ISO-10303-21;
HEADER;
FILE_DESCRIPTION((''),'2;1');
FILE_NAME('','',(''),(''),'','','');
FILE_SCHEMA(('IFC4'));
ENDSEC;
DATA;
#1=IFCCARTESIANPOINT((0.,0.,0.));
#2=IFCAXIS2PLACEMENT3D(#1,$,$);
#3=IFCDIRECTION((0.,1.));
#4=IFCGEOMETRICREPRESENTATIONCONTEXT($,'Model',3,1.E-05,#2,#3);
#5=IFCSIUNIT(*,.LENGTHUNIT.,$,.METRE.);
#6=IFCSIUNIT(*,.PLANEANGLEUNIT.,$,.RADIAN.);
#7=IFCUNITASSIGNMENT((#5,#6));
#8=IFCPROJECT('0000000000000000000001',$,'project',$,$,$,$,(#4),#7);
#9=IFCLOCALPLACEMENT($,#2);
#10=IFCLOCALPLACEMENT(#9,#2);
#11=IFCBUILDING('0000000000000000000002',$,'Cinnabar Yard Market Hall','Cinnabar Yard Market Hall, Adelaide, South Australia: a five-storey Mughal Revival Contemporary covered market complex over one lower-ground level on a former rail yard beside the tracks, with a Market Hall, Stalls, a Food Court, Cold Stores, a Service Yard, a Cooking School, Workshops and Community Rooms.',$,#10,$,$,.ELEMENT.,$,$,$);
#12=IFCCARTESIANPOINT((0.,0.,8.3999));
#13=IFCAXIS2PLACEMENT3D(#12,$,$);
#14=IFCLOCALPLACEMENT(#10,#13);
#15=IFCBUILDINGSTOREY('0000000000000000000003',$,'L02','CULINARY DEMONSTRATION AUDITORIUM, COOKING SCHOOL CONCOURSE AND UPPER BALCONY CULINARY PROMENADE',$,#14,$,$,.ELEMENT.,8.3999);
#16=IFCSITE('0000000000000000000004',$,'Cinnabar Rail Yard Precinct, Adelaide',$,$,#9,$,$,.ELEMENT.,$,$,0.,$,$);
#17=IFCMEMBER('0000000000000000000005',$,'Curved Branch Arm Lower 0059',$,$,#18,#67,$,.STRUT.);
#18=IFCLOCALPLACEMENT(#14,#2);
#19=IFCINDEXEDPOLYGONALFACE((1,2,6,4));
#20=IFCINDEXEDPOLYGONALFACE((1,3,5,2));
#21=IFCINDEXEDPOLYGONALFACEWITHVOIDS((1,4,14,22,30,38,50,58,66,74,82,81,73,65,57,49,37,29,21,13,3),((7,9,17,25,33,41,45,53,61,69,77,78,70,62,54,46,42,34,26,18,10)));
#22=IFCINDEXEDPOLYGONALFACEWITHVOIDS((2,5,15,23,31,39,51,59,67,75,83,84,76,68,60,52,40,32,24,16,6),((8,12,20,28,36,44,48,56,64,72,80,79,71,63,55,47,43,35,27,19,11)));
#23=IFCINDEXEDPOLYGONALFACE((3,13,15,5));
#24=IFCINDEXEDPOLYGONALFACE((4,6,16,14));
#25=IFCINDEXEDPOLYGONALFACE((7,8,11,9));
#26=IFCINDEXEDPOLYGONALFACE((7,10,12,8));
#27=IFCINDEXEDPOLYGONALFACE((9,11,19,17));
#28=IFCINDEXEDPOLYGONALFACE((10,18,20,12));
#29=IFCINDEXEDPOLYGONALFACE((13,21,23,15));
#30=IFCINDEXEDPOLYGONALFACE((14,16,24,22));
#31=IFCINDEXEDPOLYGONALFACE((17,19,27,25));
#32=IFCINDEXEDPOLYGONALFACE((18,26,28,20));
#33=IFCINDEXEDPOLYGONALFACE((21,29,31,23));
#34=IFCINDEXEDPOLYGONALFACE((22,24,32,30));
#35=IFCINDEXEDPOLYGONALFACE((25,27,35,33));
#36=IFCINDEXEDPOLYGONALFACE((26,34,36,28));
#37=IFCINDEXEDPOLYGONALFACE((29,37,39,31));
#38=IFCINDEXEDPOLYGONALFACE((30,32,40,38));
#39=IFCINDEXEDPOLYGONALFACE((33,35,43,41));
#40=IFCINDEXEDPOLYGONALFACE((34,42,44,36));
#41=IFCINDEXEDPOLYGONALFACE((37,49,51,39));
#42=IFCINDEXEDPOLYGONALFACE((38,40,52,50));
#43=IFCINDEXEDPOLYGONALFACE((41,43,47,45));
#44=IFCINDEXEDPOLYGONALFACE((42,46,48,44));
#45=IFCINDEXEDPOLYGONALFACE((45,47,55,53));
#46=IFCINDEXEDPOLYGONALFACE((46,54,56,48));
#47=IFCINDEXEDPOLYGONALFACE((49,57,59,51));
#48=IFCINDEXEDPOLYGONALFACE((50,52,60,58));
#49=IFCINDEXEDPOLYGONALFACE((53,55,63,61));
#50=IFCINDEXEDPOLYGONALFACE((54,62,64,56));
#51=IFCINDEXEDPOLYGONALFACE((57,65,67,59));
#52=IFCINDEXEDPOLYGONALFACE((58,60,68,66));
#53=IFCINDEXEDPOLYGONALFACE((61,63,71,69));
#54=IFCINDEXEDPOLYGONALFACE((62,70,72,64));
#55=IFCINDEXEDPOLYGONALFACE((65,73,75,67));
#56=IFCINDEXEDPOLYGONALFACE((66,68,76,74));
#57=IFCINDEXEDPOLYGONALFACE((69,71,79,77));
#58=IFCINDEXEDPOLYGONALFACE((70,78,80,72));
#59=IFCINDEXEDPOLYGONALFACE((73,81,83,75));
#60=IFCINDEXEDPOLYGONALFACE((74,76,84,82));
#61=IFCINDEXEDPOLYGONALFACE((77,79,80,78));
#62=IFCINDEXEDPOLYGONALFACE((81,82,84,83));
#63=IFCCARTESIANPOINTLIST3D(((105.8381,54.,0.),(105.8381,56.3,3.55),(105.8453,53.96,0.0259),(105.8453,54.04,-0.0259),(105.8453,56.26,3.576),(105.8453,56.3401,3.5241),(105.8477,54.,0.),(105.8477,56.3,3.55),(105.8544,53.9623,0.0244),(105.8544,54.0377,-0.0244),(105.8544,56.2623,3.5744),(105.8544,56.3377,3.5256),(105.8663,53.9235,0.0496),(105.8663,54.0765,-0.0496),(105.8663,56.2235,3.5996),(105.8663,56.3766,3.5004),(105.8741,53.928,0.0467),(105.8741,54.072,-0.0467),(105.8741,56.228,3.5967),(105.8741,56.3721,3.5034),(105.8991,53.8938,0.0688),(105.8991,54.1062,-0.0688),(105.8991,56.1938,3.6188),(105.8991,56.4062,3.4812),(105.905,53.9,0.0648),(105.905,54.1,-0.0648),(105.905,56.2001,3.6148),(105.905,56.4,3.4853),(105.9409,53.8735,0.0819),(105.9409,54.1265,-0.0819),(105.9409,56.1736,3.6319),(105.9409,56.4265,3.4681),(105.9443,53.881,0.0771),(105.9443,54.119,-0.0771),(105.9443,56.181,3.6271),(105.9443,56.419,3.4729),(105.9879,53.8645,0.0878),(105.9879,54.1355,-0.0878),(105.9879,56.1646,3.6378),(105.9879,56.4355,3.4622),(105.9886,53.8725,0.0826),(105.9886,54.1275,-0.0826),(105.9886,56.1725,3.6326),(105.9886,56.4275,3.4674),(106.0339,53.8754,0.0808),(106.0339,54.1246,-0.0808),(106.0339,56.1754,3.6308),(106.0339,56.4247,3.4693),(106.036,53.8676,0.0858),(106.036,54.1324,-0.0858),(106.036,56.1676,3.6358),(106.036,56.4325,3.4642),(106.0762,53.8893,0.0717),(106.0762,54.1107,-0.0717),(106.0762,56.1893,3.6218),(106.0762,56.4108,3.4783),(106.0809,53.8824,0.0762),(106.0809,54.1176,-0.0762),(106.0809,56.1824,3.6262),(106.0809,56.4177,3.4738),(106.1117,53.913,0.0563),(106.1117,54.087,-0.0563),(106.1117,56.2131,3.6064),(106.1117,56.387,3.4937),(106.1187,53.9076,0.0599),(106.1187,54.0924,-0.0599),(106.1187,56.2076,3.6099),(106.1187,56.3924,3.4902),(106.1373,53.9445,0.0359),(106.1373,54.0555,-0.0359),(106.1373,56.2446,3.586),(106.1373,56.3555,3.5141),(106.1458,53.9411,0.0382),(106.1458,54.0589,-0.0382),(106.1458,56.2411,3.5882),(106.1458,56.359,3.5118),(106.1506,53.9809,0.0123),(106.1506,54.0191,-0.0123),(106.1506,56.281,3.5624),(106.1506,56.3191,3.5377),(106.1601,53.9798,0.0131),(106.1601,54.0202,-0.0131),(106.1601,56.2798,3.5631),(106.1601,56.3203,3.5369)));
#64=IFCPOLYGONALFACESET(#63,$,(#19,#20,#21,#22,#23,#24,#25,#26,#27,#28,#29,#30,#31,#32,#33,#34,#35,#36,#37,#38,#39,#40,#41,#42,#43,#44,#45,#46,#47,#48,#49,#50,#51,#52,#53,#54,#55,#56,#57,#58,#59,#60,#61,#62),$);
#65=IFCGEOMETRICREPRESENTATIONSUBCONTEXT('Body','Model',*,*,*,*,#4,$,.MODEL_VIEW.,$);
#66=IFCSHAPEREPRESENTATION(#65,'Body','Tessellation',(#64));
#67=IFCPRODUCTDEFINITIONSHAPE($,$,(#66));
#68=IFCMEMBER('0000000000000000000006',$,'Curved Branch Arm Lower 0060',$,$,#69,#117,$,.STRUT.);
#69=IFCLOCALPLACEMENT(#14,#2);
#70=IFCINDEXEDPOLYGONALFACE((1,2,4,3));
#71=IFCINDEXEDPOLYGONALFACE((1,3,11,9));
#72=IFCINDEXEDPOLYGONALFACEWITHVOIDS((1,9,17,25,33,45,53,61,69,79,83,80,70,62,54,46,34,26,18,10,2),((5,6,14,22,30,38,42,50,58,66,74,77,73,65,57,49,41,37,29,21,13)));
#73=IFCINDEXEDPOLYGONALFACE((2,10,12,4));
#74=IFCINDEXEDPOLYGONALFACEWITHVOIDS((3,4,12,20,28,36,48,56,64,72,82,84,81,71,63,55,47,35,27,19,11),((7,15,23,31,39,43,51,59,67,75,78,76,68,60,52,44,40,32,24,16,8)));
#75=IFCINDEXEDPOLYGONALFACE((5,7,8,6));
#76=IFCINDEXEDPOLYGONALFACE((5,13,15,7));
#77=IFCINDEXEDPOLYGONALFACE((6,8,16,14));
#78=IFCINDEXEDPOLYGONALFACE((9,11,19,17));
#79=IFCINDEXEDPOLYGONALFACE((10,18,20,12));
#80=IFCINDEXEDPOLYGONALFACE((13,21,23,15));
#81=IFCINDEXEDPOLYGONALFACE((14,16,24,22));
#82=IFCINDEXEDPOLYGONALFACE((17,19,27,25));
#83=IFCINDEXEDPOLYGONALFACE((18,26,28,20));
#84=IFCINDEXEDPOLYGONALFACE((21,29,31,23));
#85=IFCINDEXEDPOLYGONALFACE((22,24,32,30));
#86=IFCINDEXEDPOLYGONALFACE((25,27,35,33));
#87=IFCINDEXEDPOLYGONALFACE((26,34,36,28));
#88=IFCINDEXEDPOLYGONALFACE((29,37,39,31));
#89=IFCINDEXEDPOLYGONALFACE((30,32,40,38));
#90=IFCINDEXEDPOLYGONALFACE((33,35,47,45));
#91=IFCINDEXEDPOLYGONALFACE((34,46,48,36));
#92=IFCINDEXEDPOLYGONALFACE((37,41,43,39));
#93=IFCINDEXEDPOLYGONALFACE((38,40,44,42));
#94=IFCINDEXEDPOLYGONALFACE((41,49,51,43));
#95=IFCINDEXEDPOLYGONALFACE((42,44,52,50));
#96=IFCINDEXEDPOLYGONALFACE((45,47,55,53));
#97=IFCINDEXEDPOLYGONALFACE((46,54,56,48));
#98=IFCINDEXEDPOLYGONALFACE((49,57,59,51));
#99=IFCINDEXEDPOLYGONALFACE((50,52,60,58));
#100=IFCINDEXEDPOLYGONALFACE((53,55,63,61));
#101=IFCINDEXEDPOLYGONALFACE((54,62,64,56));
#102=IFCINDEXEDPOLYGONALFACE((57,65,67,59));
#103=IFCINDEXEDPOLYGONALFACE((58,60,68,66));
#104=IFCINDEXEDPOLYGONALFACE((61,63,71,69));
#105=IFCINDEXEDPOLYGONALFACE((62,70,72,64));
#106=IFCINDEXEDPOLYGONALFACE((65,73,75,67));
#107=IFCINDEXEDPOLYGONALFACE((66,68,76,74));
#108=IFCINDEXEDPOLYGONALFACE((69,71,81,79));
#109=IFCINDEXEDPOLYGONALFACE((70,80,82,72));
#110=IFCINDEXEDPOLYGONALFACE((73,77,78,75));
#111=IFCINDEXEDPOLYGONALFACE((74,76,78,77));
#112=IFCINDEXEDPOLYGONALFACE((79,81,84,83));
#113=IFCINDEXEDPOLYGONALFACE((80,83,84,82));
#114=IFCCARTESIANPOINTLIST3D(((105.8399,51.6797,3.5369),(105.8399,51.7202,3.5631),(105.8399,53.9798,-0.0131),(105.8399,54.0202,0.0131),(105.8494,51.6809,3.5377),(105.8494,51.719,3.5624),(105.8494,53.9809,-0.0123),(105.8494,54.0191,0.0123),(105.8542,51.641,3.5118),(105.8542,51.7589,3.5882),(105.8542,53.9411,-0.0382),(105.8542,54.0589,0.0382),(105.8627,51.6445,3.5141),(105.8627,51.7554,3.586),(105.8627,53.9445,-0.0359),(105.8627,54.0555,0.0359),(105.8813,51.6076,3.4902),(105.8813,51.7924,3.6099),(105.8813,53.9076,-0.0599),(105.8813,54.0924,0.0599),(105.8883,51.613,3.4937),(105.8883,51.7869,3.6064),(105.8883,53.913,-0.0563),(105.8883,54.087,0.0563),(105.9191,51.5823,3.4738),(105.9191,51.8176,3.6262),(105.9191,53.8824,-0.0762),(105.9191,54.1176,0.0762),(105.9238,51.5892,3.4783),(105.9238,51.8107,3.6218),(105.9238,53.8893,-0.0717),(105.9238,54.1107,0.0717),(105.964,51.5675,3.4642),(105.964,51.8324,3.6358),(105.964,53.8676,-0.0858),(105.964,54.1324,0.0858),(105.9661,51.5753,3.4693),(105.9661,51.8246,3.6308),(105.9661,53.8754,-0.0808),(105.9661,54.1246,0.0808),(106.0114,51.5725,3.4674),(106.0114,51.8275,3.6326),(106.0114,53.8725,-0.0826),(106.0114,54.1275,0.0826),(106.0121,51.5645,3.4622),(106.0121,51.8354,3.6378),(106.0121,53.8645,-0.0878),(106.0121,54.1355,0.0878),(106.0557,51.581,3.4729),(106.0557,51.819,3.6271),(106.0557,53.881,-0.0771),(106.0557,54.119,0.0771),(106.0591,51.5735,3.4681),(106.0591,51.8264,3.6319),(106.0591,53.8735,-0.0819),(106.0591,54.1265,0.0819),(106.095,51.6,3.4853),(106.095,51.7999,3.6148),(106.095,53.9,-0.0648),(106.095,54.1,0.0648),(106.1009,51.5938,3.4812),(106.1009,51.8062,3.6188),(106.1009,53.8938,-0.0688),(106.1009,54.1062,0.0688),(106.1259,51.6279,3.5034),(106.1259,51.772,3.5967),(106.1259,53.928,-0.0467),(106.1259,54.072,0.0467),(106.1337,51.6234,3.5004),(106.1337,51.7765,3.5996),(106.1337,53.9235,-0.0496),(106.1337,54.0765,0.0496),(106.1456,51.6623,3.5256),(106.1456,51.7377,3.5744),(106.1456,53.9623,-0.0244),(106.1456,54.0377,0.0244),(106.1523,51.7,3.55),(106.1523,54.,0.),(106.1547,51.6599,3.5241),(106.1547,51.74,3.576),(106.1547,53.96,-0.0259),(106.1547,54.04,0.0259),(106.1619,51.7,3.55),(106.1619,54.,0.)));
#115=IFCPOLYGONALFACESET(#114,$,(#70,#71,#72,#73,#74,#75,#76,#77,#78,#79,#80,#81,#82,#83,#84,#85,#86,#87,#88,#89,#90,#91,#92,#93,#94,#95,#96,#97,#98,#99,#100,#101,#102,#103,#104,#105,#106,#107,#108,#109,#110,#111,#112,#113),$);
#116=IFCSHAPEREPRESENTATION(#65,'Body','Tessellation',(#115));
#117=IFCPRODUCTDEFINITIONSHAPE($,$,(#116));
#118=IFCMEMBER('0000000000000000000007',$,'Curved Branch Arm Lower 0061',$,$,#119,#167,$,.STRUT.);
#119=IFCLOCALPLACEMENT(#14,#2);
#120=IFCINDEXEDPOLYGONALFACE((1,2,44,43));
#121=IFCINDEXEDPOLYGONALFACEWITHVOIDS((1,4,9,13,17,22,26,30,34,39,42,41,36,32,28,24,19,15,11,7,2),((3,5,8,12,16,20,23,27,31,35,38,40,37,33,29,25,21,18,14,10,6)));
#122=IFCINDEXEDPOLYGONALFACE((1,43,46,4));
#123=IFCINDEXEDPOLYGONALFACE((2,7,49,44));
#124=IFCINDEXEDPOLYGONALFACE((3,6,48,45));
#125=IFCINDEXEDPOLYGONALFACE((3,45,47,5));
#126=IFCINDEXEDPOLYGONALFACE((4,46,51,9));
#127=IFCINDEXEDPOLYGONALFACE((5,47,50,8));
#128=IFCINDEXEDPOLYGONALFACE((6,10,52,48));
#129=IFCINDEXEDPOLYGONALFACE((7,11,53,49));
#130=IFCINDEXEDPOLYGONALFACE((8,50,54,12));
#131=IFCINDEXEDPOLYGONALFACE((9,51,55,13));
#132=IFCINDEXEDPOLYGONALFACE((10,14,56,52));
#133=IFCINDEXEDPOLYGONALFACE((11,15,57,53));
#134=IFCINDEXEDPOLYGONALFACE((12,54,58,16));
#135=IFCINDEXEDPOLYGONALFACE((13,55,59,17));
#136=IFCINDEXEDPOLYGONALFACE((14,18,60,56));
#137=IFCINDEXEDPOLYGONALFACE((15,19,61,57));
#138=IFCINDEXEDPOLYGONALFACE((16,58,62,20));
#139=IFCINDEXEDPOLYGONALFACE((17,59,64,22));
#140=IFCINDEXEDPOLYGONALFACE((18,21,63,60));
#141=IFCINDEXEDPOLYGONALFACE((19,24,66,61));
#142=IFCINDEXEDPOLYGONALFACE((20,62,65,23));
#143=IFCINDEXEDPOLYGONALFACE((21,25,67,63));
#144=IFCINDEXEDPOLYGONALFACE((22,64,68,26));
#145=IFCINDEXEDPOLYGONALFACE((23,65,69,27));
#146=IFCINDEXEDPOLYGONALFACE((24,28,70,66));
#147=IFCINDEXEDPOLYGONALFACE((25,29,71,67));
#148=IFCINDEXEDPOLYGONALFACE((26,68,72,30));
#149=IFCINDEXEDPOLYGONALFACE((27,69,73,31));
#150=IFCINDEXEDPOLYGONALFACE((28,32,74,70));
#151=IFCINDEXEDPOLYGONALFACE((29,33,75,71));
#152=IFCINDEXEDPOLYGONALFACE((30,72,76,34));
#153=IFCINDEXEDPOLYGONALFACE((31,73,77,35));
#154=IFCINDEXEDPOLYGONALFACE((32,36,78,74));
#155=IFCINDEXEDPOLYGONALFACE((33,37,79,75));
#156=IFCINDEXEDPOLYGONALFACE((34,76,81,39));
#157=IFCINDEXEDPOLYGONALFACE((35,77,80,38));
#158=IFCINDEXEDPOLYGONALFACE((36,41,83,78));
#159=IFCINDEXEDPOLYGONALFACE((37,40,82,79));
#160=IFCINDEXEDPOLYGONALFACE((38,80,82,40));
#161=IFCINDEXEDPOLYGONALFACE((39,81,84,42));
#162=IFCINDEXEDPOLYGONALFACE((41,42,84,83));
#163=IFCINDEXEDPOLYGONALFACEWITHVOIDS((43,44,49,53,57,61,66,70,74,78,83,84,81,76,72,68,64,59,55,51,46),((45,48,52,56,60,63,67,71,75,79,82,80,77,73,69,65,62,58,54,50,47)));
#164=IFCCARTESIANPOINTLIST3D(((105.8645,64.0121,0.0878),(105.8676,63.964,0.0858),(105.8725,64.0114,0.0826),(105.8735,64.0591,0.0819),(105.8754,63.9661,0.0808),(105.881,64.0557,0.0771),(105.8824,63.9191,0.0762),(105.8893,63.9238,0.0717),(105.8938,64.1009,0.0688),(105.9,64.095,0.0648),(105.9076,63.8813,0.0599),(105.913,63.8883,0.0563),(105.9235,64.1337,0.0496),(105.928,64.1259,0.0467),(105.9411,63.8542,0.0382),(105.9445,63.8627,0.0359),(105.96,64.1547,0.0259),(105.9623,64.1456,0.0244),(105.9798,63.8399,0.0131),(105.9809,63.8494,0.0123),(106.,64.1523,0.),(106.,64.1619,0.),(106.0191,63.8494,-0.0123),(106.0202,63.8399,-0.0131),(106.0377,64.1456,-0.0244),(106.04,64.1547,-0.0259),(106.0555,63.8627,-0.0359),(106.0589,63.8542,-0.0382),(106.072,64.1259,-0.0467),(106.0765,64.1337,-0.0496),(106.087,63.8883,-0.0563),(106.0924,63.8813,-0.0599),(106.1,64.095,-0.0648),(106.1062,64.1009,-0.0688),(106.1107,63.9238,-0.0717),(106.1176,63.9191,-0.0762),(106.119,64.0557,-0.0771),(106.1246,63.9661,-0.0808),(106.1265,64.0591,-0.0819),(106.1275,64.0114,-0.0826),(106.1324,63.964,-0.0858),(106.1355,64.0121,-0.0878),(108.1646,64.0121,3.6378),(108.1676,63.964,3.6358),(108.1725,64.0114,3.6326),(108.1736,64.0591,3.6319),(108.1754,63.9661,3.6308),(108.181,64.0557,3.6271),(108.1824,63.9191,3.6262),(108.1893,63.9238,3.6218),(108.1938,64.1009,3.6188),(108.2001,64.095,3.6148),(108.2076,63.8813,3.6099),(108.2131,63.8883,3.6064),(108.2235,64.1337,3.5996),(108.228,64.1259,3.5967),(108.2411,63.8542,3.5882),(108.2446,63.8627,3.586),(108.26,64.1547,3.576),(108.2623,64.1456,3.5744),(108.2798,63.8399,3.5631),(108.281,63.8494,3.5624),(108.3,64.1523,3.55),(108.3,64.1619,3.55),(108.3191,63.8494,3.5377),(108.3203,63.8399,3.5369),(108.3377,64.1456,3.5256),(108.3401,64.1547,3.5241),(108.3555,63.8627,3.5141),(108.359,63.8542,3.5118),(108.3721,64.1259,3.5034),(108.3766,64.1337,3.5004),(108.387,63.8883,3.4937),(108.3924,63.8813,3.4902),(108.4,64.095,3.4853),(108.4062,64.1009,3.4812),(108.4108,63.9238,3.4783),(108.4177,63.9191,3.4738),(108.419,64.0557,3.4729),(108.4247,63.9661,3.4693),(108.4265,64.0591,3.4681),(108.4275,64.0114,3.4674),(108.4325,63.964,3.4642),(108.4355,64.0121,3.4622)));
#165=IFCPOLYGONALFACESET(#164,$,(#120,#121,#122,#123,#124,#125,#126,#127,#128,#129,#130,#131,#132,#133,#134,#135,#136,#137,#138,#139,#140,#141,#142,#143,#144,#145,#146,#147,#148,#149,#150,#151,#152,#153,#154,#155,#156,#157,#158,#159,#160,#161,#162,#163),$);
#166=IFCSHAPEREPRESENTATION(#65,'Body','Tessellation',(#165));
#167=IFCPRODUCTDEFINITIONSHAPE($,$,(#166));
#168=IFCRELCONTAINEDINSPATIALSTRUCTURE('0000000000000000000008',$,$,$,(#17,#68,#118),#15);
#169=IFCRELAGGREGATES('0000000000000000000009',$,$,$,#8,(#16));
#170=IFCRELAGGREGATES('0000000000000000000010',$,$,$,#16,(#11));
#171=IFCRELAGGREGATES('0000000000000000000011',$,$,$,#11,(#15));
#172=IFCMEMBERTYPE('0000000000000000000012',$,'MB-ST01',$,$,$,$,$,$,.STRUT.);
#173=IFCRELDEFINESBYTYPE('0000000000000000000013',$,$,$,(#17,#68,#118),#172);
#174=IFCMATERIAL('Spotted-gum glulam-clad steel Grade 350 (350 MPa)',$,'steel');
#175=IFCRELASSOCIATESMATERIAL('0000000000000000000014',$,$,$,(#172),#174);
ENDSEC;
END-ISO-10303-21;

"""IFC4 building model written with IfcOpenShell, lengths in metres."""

from ifc_helpers import new_model, si_unit, direction, frame, origin, origin_2d_with_axis, place, context, subcontext, project, spatial, hollow_circle, extrude, material, material_profile, profile_set, type_object, element, save


model = new_model("IFC4")

# Units and contexts
model_context = context("Model", 3, precision=1e-05, world=origin(), true_north=direction((0.0, 1.0)))
body_context = subcontext(model_context, "Body", "Model", "MODEL_VIEW")
ifc_project = project(units=[si_unit("LENGTHUNIT", "METRE"), si_unit("PLANEANGLEUNIT", "RADIAN")], contexts=[model_context])

# Site, building, storey
site_placement = place(None, origin())
site = spatial("IfcSite", under=ifc_project, at=site_placement, Name="Cinnabar Rail Yard Precinct, Adelaide", CompositionType="ELEMENT", RefElevation=0.0)
building_placement = place(site_placement, origin())
building = spatial("IfcBuilding", under=site, at=building_placement, Name="Cinnabar Yard Market Hall", Description="Cinnabar Yard Market Hall, Adelaide, South Australia: a five-storey Mughal Revival Contemporary covered market complex over one lower-ground level on a former rail yard beside the tracks, with a Market Hall, Stalls, a Food Court, Cold Stores, a Service Yard, a Cooking School, Workshops and Community Rooms.", CompositionType="ELEMENT")
storey_placement = place(building_placement, frame((0.0, 0.0, 8.3999)))
storey = spatial("IfcBuildingStorey", under=building, at=storey_placement, Name="L02", Description="CULINARY DEMONSTRATION AUDITORIUM, COOKING SCHOOL CONCOURSE AND UPPER BALCONY CULINARY PROMENADE", CompositionType="ELEMENT", Elevation=8.3999)

# Shared definitions
ifc_material_1 = material(Name="Spotted-gum glulam-clad steel Grade 350 (350 MPa)", Category="steel")

# Members
ifc_material_profile_1 = material_profile(ifc_material_1, hollow_circle(Radius=0.1619, WallThickness=0.0095, at=origin_2d_with_axis()), Name="323.9x9.5CHS")
ifc_profile_set_1 = profile_set([ifc_material_profile_1], Name="Spotted-gum glulam-clad steel Grade 350 (350 MPa)")
member_type_1 = type_object("IfcMemberType", Name="MB-ST01", PredefinedType="STRUT", material=ifc_profile_set_1)
for number, where, z_axis, x_axis, name in (
    (1, (106.0, 54.0, 0.0), (0.0, 0.543744, 0.839251), (-1.0, 0.0, 0.0), "Curved Branch Arm Lower 0059"),
    (2, (106.0, 54.0, 0.0), (0.0, -0.543744, 0.839251), (1.0, 0.0, 0.0), "Curved Branch Arm Lower 0060"),
    (3, (106.0, 64.0, 0.0), (0.543744, 0.0, 0.839251), (0.0, 1.0, 0.0), "Curved Branch Arm Lower 0061"),
):
    element("IfcMember", number, at=place(storey_placement, frame(where, z_axis=z_axis, x_axis=x_axis)), inside=storey, type_object=member_type_1, Name=name, PredefinedType="STRUT", context=body_context, shape_type="SweptSolid", body=[
        extrude(hollow_circle(Radius=0.1619, WallThickness=0.0095, at=origin_2d_with_axis()), origin(), (0.0, 0.0, 1.0), 4.23),
    ])

save(model, "model.ifc")
